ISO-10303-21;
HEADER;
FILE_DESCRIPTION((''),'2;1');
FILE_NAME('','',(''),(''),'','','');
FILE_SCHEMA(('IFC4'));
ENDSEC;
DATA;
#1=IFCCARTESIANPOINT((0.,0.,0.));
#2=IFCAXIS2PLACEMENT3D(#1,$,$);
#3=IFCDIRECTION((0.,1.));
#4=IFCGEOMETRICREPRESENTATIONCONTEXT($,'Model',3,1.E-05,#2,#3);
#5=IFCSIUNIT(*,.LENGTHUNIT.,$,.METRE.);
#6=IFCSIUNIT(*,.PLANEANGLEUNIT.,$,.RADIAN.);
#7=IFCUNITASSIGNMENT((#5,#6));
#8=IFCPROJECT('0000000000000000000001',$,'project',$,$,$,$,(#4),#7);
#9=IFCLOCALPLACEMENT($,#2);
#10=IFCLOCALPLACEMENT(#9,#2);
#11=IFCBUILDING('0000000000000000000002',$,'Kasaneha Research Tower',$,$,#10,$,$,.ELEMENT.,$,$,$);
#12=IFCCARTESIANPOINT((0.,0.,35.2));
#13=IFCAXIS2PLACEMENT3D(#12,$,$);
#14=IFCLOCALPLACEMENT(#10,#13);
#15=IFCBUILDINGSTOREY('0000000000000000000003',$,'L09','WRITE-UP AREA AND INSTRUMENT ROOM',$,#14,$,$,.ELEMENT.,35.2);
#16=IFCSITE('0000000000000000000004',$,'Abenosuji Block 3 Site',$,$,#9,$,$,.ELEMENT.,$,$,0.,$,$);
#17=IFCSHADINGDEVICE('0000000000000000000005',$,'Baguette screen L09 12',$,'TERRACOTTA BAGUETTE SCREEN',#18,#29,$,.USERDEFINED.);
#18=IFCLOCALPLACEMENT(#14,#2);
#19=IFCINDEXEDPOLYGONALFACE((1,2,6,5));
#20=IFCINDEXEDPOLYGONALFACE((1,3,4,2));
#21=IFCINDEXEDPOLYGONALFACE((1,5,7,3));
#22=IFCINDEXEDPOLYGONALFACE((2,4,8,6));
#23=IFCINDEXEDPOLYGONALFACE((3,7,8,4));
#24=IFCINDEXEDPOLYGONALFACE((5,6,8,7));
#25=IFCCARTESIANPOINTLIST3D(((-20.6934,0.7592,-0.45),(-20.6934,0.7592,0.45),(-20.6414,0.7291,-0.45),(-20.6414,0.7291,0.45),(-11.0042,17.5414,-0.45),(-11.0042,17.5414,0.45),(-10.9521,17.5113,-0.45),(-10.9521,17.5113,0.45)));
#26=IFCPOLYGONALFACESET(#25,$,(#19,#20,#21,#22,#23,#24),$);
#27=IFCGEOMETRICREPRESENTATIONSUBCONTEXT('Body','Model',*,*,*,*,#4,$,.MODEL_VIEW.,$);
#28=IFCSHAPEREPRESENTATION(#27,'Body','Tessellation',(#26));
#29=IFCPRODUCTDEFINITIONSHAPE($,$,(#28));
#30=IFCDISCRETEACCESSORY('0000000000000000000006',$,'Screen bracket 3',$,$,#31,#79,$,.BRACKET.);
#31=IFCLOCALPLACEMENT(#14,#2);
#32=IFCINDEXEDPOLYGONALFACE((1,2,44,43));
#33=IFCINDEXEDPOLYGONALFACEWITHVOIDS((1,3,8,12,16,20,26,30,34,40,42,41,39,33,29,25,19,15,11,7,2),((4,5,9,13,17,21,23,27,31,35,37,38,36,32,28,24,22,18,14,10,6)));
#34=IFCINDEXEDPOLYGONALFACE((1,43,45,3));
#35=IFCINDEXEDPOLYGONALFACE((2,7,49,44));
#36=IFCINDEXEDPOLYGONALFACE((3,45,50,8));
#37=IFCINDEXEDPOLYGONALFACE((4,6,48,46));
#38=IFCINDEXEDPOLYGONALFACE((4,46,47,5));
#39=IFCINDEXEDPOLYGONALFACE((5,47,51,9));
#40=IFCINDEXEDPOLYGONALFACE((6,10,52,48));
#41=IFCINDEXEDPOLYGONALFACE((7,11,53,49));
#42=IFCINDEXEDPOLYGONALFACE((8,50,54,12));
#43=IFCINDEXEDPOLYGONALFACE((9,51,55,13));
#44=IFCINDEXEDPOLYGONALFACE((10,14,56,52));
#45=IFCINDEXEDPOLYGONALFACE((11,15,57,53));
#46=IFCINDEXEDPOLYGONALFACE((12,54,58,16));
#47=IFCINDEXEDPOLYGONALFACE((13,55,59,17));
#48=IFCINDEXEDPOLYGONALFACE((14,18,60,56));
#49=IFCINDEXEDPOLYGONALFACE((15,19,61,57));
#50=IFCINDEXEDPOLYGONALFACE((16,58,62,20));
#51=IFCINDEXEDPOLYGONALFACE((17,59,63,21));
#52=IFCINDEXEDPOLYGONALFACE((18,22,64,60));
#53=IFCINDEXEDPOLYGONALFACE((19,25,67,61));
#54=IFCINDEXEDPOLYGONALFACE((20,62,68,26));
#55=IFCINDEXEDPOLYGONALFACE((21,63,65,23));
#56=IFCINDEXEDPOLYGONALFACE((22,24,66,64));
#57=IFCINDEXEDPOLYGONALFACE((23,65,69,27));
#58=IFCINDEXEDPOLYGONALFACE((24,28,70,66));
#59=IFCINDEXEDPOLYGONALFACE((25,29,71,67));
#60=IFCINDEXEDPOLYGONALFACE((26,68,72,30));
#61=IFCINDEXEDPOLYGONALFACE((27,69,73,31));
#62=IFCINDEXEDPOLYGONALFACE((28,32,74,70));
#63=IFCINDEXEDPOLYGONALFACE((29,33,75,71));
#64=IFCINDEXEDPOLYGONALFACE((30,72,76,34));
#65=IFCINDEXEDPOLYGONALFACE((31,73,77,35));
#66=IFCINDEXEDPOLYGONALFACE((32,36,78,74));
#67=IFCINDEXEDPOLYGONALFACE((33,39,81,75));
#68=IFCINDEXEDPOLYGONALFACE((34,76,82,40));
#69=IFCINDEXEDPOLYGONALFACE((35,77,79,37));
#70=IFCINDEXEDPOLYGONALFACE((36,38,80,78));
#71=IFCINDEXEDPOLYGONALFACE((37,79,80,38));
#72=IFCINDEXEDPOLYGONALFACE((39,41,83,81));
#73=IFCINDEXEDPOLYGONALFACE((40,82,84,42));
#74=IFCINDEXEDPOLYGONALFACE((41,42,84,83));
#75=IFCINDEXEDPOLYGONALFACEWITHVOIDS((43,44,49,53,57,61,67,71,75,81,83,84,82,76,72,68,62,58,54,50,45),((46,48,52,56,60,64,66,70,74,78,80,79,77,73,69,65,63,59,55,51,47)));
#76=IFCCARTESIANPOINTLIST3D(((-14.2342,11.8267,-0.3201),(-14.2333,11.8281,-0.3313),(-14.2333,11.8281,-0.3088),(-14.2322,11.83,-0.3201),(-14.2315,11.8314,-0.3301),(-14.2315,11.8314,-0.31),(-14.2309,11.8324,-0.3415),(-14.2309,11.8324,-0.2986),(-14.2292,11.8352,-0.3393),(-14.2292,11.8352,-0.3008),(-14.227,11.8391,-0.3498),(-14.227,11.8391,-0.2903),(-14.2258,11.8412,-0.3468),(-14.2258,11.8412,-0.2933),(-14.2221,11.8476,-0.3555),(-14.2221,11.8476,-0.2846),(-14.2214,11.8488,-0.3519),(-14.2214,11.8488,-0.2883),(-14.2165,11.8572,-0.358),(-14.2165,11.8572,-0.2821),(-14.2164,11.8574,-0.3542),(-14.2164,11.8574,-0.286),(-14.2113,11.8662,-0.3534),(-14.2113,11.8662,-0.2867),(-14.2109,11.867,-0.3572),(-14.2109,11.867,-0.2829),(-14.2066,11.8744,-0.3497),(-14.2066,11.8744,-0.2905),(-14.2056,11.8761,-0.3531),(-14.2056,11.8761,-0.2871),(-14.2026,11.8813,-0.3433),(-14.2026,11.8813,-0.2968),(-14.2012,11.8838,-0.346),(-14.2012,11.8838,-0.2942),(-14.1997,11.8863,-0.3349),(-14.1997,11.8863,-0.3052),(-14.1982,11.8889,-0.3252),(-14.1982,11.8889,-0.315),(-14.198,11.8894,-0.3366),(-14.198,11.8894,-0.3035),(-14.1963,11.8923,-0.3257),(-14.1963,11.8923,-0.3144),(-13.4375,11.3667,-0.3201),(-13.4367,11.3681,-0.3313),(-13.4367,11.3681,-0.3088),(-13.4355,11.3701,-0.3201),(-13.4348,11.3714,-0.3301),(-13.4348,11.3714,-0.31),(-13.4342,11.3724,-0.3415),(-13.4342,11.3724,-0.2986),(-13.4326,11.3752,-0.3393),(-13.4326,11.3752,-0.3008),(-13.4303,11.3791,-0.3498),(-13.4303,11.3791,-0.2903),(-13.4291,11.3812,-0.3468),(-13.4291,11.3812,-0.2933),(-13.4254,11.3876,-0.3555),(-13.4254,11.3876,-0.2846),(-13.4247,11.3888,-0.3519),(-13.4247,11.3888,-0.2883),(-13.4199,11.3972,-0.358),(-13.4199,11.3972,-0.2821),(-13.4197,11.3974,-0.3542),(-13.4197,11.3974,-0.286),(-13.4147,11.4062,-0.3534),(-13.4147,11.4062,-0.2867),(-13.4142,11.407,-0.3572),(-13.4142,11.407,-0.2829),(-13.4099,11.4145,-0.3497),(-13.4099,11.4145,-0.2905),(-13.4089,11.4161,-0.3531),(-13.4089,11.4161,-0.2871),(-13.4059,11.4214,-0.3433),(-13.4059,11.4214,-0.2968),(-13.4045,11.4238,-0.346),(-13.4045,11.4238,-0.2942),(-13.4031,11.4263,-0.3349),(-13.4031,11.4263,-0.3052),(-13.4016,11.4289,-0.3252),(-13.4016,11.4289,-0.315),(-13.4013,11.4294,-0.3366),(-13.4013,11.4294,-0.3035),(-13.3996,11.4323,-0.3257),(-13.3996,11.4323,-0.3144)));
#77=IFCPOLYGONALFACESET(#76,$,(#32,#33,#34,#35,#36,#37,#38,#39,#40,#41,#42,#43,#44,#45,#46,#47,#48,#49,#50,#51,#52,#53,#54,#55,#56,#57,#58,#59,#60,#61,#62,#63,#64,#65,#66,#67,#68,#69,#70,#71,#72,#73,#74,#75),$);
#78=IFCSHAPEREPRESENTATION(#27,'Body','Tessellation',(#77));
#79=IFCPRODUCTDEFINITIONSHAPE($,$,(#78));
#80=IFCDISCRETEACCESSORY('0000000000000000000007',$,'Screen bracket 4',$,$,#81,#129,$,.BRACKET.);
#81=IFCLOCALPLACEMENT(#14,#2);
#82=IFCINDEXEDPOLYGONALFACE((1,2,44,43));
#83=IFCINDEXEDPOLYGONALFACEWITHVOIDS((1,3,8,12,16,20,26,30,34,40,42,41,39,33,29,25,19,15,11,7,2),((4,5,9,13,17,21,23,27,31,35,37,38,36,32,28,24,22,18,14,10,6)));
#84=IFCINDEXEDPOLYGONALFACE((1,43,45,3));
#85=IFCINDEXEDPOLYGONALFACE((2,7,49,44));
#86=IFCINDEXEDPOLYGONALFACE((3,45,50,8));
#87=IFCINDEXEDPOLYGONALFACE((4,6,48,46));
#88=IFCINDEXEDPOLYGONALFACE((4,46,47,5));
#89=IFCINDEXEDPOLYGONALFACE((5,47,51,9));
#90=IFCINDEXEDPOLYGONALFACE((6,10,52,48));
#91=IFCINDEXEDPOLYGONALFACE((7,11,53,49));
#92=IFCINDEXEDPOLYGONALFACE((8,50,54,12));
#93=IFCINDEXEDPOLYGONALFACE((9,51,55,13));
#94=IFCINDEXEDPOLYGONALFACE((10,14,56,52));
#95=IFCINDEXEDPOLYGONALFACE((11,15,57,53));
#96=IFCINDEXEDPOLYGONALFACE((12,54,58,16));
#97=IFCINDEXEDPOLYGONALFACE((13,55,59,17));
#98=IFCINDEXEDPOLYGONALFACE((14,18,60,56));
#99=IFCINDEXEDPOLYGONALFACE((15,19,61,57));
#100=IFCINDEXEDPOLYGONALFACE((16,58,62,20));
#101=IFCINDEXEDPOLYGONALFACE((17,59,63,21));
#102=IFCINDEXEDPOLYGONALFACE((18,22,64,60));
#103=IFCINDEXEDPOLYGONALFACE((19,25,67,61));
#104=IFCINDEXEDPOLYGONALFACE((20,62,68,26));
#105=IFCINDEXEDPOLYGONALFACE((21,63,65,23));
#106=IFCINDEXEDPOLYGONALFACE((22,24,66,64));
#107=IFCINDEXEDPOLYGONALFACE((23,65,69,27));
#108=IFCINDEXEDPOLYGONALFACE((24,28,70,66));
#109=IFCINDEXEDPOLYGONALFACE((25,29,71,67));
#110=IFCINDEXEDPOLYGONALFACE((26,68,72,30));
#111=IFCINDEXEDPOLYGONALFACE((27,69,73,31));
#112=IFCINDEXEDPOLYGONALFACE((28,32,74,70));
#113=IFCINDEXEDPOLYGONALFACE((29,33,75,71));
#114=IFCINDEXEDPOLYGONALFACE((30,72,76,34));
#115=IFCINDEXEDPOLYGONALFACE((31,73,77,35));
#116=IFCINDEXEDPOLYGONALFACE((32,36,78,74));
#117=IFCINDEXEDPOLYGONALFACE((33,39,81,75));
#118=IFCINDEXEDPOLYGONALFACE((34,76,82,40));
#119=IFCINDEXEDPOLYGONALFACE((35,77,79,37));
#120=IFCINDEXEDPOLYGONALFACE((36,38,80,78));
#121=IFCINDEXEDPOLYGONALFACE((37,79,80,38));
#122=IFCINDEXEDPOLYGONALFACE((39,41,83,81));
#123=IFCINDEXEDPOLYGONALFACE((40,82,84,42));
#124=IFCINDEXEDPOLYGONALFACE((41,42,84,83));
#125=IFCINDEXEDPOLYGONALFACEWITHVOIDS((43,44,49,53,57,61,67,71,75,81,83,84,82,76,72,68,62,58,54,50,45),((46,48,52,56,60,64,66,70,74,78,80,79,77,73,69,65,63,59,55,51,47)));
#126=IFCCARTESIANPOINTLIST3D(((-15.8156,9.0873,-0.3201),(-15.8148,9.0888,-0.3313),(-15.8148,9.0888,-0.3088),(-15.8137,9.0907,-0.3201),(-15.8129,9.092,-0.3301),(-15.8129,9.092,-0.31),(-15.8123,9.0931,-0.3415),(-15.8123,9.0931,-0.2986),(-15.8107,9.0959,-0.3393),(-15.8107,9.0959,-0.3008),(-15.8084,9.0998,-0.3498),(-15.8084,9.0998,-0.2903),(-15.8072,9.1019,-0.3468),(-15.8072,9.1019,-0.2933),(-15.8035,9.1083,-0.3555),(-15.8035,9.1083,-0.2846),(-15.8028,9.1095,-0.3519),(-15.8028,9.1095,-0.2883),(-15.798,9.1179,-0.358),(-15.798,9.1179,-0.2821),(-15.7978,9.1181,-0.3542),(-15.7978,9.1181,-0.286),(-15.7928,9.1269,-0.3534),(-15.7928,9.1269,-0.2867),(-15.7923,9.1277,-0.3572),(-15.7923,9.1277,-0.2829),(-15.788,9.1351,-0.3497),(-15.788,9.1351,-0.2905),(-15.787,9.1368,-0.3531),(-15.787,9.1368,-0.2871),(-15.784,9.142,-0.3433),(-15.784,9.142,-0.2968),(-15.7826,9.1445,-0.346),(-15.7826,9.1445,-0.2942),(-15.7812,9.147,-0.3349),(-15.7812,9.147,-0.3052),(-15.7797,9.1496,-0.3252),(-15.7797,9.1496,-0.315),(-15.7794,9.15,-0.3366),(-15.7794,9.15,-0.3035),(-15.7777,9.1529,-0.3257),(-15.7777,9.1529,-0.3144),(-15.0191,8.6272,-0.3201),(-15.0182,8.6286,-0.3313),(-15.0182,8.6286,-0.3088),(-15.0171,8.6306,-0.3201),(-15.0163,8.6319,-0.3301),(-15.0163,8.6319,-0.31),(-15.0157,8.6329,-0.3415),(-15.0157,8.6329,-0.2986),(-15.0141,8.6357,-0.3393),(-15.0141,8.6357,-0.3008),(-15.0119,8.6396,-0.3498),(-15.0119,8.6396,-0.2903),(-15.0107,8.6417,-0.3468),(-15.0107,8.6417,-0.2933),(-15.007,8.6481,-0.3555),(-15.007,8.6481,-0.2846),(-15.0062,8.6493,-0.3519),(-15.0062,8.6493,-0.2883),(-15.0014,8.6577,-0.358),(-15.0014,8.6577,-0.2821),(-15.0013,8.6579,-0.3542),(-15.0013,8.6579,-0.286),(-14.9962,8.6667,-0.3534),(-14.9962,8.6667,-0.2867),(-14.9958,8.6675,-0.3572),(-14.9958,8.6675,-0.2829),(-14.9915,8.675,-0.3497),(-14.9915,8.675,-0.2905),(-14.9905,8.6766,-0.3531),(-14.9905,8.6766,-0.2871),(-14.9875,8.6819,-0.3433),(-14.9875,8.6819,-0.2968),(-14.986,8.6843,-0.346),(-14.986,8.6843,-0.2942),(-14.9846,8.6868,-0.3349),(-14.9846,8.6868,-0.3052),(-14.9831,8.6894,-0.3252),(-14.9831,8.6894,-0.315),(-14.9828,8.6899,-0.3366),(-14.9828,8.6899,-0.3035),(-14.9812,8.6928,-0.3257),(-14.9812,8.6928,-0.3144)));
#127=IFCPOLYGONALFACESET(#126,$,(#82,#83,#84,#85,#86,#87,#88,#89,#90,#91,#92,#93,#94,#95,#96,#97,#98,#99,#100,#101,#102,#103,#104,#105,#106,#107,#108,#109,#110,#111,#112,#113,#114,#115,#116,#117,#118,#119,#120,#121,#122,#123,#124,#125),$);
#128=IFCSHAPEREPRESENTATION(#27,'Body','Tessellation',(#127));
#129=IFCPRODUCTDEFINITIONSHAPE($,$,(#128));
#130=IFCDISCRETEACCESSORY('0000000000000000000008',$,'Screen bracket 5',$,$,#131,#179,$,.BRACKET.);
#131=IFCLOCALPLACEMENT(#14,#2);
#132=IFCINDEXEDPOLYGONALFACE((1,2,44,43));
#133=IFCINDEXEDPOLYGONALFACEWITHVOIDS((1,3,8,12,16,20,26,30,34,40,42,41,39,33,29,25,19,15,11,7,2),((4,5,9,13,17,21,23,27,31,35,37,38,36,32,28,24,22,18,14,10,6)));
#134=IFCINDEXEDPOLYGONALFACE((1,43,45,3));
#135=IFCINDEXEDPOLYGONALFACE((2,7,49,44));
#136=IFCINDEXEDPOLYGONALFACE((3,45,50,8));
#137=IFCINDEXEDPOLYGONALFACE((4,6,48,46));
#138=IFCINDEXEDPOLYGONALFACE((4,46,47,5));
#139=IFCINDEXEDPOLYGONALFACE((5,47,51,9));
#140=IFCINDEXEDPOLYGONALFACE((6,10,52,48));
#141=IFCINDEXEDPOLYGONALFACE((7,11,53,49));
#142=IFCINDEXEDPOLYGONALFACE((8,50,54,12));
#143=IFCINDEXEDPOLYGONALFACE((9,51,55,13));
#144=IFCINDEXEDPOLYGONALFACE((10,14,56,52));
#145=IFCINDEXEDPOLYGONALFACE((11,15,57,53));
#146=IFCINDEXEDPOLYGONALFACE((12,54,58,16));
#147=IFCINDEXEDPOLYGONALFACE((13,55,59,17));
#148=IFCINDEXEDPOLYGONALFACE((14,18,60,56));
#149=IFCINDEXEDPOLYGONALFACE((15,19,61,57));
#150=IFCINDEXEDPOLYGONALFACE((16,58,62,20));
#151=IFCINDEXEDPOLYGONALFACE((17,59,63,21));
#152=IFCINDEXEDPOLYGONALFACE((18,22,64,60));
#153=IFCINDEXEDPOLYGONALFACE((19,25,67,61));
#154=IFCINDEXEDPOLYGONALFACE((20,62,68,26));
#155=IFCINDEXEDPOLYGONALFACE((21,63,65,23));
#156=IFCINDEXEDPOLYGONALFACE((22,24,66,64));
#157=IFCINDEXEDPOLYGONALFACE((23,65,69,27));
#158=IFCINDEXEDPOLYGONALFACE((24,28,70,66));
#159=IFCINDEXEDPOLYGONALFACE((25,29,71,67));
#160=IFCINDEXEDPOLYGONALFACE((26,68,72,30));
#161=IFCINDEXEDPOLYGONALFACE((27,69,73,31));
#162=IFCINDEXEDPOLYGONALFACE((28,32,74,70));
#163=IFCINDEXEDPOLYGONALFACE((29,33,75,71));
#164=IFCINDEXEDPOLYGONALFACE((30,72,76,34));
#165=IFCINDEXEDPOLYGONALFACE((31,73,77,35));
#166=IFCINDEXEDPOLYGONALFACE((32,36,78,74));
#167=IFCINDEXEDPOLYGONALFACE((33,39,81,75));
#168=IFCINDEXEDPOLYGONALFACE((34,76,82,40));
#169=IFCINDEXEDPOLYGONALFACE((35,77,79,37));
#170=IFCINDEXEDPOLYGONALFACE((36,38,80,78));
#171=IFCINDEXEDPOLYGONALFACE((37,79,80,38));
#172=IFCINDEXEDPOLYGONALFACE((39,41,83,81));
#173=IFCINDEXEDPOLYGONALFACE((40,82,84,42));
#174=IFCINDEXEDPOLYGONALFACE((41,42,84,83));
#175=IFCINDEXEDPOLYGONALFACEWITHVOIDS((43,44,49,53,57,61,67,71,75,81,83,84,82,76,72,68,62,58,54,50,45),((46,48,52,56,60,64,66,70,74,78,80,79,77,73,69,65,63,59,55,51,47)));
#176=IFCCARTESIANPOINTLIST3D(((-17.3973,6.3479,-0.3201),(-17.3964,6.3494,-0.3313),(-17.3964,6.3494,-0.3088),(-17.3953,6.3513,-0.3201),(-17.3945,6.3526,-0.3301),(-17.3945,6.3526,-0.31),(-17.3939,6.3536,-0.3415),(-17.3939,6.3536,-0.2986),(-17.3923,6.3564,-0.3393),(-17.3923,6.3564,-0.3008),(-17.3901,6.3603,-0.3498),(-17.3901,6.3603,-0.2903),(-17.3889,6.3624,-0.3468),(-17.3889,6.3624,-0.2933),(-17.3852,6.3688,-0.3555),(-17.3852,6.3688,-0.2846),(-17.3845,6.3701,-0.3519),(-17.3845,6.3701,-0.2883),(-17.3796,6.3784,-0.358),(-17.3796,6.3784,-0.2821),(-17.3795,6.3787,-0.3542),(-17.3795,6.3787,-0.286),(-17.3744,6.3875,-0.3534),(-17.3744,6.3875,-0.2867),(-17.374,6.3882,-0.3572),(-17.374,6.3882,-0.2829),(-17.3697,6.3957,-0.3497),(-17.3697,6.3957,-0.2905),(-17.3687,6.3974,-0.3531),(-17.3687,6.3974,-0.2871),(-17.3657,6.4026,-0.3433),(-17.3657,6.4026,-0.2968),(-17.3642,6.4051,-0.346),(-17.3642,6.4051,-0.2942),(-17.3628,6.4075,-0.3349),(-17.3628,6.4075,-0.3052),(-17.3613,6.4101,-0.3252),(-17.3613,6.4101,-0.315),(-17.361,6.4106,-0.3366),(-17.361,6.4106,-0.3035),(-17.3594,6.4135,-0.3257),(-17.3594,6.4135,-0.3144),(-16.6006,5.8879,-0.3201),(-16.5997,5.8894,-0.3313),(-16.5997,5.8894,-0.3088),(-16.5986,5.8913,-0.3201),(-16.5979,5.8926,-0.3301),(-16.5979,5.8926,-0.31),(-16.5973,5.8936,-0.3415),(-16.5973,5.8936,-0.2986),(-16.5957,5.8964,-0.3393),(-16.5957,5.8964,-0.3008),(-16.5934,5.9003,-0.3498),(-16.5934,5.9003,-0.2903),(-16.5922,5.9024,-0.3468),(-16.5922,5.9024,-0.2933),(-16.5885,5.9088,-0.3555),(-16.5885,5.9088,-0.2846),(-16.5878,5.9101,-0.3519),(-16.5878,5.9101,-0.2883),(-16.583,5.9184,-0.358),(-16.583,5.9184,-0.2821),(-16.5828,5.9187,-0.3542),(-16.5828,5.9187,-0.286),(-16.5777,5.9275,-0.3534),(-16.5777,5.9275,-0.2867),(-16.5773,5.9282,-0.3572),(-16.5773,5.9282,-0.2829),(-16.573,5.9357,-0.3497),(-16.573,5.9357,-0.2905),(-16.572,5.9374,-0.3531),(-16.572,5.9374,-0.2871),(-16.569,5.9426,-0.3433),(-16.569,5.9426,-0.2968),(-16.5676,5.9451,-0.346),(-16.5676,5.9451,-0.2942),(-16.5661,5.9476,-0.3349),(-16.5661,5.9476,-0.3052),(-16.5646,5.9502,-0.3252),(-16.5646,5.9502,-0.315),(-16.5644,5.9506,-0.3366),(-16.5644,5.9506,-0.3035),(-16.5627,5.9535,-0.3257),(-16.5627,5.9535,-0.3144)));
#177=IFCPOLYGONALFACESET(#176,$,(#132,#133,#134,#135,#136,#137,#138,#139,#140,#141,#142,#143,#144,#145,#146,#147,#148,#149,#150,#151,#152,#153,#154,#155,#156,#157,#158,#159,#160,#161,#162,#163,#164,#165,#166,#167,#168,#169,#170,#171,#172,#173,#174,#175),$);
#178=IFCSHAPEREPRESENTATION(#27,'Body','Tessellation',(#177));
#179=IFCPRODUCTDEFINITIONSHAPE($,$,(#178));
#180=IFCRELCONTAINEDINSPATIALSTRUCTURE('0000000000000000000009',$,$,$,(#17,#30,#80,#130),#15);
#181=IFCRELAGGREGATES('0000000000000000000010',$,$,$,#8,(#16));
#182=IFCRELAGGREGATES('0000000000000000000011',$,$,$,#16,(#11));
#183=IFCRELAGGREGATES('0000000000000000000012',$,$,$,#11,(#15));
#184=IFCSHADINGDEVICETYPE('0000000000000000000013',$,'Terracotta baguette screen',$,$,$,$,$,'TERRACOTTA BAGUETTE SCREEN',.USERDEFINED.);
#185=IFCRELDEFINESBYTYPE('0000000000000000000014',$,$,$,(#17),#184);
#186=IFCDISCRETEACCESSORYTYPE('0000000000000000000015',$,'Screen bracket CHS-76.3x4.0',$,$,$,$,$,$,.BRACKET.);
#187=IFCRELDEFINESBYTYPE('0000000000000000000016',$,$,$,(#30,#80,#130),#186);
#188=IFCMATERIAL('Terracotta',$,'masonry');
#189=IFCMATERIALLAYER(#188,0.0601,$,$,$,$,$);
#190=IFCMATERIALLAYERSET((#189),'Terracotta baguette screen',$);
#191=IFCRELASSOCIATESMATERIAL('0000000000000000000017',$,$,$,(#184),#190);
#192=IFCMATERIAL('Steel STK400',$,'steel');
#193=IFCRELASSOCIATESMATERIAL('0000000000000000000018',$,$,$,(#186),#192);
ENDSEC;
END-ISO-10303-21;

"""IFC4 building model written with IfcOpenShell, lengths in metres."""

from ifc_helpers import new_model, si_unit, direction, frame, origin, origin_2d, place, context, subcontext, project, spatial, rectangle, hollow_circle, extrude, material, layer, layer_set, material_profile, profile_set, type_object, element, save


model = new_model("IFC4")

# Units and contexts
model_context = context("Model", 3, precision=1e-05, world=origin(), true_north=direction((0.0, 1.0)))
body_context = subcontext(model_context, "Body", "Model", "MODEL_VIEW")
ifc_project = project(units=[si_unit("LENGTHUNIT", "METRE"), si_unit("PLANEANGLEUNIT", "RADIAN")], contexts=[model_context])

# Site, building, storey
site_placement = place(None, origin())
site = spatial("IfcSite", under=ifc_project, at=site_placement, Name="Abenosuji Block 3 Site", CompositionType="ELEMENT", RefElevation=0.0)
building_placement = place(site_placement, origin())
building = spatial("IfcBuilding", under=site, at=building_placement, Name="Kasaneha Research Tower", CompositionType="ELEMENT")
storey_placement = place(building_placement, frame((0.0, 0.0, 35.2)))
storey = spatial("IfcBuildingStorey", under=building, at=storey_placement, Name="L09", Description="WRITE-UP AREA AND INSTRUMENT ROOM", CompositionType="ELEMENT", Elevation=35.2)

# Shading device
ifc_material_1 = material(Name="Terracotta", Category="masonry")
ifc_layer_1 = layer(ifc_material_1, 0.0601)
ifc_layer_set_1 = layer_set([ifc_layer_1], Name="Terracotta baguette screen")
shading_device_type = type_object("IfcShadingDeviceType", Name="Terracotta baguette screen", ElementType="TERRACOTTA BAGUETTE SCREEN", PredefinedType="USERDEFINED", material=ifc_layer_set_1)
shading_device_placement = place(storey_placement, frame((-15.8228, 9.1353, -0.45), z_axis=(0.0, 0.0, 1.0), x_axis=(-0.5, -0.866025, 0.0)))
element("IfcShadingDevice", 1, at=shading_device_placement, inside=storey, type_object=shading_device_type, Name="Baguette screen L09 12", ObjectType="TERRACOTTA BAGUETTE SCREEN", PredefinedType="USERDEFINED", context=body_context, shape_type="SweptSolid", body=[
    extrude(rectangle(XDim=19.3784, YDim=0.0601, at=origin_2d()), origin(), (0.0, 0.0, 1.0), 0.8999),
])

# Discrete accessories
ifc_material_2 = material(Name="Steel STK400", Category="steel")
ifc_material_profile_1 = material_profile(ifc_material_2, hollow_circle(Radius=0.0381, WallThickness=0.0039, at=origin_2d()), Name="CHS-76.3x4.0")
ifc_profile_set_1 = profile_set([ifc_material_profile_1], Name="Steel STK400")
discrete_accessory_type = type_object("IfcDiscreteAccessoryType", Name="Screen bracket CHS-76.3x4.0", PredefinedType="BRACKET", material=ifc_profile_set_1)
for number, where, z_axis, x_axis, name in (
    (2, (-13.4185, 11.3997, -0.3201), (-0.866013, 0.500021, 0.0), (-0.500021, -0.866013, 0.0), "Screen bracket 3"),
    (3, (-15.0, 8.6602, -0.3201), (-0.865898, 0.50022, 0.0), (-0.50022, -0.865898, 0.0), "Screen bracket 4"),
    (4, (-16.5815, 5.9209, -0.3201), (-0.866013, 0.500021, 0.0), (-0.500021, -0.866013, 0.0), "Screen bracket 5"),
):
    element("IfcDiscreteAccessory", number, at=place(storey_placement, frame(where, z_axis=z_axis, x_axis=x_axis)), inside=storey, type_object=discrete_accessory_type, Name=name, PredefinedType="BRACKET", context=body_context, shape_type="SweptSolid", body=[
        extrude(hollow_circle(Radius=0.0381, WallThickness=0.0039, at=origin_2d()), origin(), (0.0, 0.0, 1.0), 0.9199),
    ])

save(model, "model.ifc")
